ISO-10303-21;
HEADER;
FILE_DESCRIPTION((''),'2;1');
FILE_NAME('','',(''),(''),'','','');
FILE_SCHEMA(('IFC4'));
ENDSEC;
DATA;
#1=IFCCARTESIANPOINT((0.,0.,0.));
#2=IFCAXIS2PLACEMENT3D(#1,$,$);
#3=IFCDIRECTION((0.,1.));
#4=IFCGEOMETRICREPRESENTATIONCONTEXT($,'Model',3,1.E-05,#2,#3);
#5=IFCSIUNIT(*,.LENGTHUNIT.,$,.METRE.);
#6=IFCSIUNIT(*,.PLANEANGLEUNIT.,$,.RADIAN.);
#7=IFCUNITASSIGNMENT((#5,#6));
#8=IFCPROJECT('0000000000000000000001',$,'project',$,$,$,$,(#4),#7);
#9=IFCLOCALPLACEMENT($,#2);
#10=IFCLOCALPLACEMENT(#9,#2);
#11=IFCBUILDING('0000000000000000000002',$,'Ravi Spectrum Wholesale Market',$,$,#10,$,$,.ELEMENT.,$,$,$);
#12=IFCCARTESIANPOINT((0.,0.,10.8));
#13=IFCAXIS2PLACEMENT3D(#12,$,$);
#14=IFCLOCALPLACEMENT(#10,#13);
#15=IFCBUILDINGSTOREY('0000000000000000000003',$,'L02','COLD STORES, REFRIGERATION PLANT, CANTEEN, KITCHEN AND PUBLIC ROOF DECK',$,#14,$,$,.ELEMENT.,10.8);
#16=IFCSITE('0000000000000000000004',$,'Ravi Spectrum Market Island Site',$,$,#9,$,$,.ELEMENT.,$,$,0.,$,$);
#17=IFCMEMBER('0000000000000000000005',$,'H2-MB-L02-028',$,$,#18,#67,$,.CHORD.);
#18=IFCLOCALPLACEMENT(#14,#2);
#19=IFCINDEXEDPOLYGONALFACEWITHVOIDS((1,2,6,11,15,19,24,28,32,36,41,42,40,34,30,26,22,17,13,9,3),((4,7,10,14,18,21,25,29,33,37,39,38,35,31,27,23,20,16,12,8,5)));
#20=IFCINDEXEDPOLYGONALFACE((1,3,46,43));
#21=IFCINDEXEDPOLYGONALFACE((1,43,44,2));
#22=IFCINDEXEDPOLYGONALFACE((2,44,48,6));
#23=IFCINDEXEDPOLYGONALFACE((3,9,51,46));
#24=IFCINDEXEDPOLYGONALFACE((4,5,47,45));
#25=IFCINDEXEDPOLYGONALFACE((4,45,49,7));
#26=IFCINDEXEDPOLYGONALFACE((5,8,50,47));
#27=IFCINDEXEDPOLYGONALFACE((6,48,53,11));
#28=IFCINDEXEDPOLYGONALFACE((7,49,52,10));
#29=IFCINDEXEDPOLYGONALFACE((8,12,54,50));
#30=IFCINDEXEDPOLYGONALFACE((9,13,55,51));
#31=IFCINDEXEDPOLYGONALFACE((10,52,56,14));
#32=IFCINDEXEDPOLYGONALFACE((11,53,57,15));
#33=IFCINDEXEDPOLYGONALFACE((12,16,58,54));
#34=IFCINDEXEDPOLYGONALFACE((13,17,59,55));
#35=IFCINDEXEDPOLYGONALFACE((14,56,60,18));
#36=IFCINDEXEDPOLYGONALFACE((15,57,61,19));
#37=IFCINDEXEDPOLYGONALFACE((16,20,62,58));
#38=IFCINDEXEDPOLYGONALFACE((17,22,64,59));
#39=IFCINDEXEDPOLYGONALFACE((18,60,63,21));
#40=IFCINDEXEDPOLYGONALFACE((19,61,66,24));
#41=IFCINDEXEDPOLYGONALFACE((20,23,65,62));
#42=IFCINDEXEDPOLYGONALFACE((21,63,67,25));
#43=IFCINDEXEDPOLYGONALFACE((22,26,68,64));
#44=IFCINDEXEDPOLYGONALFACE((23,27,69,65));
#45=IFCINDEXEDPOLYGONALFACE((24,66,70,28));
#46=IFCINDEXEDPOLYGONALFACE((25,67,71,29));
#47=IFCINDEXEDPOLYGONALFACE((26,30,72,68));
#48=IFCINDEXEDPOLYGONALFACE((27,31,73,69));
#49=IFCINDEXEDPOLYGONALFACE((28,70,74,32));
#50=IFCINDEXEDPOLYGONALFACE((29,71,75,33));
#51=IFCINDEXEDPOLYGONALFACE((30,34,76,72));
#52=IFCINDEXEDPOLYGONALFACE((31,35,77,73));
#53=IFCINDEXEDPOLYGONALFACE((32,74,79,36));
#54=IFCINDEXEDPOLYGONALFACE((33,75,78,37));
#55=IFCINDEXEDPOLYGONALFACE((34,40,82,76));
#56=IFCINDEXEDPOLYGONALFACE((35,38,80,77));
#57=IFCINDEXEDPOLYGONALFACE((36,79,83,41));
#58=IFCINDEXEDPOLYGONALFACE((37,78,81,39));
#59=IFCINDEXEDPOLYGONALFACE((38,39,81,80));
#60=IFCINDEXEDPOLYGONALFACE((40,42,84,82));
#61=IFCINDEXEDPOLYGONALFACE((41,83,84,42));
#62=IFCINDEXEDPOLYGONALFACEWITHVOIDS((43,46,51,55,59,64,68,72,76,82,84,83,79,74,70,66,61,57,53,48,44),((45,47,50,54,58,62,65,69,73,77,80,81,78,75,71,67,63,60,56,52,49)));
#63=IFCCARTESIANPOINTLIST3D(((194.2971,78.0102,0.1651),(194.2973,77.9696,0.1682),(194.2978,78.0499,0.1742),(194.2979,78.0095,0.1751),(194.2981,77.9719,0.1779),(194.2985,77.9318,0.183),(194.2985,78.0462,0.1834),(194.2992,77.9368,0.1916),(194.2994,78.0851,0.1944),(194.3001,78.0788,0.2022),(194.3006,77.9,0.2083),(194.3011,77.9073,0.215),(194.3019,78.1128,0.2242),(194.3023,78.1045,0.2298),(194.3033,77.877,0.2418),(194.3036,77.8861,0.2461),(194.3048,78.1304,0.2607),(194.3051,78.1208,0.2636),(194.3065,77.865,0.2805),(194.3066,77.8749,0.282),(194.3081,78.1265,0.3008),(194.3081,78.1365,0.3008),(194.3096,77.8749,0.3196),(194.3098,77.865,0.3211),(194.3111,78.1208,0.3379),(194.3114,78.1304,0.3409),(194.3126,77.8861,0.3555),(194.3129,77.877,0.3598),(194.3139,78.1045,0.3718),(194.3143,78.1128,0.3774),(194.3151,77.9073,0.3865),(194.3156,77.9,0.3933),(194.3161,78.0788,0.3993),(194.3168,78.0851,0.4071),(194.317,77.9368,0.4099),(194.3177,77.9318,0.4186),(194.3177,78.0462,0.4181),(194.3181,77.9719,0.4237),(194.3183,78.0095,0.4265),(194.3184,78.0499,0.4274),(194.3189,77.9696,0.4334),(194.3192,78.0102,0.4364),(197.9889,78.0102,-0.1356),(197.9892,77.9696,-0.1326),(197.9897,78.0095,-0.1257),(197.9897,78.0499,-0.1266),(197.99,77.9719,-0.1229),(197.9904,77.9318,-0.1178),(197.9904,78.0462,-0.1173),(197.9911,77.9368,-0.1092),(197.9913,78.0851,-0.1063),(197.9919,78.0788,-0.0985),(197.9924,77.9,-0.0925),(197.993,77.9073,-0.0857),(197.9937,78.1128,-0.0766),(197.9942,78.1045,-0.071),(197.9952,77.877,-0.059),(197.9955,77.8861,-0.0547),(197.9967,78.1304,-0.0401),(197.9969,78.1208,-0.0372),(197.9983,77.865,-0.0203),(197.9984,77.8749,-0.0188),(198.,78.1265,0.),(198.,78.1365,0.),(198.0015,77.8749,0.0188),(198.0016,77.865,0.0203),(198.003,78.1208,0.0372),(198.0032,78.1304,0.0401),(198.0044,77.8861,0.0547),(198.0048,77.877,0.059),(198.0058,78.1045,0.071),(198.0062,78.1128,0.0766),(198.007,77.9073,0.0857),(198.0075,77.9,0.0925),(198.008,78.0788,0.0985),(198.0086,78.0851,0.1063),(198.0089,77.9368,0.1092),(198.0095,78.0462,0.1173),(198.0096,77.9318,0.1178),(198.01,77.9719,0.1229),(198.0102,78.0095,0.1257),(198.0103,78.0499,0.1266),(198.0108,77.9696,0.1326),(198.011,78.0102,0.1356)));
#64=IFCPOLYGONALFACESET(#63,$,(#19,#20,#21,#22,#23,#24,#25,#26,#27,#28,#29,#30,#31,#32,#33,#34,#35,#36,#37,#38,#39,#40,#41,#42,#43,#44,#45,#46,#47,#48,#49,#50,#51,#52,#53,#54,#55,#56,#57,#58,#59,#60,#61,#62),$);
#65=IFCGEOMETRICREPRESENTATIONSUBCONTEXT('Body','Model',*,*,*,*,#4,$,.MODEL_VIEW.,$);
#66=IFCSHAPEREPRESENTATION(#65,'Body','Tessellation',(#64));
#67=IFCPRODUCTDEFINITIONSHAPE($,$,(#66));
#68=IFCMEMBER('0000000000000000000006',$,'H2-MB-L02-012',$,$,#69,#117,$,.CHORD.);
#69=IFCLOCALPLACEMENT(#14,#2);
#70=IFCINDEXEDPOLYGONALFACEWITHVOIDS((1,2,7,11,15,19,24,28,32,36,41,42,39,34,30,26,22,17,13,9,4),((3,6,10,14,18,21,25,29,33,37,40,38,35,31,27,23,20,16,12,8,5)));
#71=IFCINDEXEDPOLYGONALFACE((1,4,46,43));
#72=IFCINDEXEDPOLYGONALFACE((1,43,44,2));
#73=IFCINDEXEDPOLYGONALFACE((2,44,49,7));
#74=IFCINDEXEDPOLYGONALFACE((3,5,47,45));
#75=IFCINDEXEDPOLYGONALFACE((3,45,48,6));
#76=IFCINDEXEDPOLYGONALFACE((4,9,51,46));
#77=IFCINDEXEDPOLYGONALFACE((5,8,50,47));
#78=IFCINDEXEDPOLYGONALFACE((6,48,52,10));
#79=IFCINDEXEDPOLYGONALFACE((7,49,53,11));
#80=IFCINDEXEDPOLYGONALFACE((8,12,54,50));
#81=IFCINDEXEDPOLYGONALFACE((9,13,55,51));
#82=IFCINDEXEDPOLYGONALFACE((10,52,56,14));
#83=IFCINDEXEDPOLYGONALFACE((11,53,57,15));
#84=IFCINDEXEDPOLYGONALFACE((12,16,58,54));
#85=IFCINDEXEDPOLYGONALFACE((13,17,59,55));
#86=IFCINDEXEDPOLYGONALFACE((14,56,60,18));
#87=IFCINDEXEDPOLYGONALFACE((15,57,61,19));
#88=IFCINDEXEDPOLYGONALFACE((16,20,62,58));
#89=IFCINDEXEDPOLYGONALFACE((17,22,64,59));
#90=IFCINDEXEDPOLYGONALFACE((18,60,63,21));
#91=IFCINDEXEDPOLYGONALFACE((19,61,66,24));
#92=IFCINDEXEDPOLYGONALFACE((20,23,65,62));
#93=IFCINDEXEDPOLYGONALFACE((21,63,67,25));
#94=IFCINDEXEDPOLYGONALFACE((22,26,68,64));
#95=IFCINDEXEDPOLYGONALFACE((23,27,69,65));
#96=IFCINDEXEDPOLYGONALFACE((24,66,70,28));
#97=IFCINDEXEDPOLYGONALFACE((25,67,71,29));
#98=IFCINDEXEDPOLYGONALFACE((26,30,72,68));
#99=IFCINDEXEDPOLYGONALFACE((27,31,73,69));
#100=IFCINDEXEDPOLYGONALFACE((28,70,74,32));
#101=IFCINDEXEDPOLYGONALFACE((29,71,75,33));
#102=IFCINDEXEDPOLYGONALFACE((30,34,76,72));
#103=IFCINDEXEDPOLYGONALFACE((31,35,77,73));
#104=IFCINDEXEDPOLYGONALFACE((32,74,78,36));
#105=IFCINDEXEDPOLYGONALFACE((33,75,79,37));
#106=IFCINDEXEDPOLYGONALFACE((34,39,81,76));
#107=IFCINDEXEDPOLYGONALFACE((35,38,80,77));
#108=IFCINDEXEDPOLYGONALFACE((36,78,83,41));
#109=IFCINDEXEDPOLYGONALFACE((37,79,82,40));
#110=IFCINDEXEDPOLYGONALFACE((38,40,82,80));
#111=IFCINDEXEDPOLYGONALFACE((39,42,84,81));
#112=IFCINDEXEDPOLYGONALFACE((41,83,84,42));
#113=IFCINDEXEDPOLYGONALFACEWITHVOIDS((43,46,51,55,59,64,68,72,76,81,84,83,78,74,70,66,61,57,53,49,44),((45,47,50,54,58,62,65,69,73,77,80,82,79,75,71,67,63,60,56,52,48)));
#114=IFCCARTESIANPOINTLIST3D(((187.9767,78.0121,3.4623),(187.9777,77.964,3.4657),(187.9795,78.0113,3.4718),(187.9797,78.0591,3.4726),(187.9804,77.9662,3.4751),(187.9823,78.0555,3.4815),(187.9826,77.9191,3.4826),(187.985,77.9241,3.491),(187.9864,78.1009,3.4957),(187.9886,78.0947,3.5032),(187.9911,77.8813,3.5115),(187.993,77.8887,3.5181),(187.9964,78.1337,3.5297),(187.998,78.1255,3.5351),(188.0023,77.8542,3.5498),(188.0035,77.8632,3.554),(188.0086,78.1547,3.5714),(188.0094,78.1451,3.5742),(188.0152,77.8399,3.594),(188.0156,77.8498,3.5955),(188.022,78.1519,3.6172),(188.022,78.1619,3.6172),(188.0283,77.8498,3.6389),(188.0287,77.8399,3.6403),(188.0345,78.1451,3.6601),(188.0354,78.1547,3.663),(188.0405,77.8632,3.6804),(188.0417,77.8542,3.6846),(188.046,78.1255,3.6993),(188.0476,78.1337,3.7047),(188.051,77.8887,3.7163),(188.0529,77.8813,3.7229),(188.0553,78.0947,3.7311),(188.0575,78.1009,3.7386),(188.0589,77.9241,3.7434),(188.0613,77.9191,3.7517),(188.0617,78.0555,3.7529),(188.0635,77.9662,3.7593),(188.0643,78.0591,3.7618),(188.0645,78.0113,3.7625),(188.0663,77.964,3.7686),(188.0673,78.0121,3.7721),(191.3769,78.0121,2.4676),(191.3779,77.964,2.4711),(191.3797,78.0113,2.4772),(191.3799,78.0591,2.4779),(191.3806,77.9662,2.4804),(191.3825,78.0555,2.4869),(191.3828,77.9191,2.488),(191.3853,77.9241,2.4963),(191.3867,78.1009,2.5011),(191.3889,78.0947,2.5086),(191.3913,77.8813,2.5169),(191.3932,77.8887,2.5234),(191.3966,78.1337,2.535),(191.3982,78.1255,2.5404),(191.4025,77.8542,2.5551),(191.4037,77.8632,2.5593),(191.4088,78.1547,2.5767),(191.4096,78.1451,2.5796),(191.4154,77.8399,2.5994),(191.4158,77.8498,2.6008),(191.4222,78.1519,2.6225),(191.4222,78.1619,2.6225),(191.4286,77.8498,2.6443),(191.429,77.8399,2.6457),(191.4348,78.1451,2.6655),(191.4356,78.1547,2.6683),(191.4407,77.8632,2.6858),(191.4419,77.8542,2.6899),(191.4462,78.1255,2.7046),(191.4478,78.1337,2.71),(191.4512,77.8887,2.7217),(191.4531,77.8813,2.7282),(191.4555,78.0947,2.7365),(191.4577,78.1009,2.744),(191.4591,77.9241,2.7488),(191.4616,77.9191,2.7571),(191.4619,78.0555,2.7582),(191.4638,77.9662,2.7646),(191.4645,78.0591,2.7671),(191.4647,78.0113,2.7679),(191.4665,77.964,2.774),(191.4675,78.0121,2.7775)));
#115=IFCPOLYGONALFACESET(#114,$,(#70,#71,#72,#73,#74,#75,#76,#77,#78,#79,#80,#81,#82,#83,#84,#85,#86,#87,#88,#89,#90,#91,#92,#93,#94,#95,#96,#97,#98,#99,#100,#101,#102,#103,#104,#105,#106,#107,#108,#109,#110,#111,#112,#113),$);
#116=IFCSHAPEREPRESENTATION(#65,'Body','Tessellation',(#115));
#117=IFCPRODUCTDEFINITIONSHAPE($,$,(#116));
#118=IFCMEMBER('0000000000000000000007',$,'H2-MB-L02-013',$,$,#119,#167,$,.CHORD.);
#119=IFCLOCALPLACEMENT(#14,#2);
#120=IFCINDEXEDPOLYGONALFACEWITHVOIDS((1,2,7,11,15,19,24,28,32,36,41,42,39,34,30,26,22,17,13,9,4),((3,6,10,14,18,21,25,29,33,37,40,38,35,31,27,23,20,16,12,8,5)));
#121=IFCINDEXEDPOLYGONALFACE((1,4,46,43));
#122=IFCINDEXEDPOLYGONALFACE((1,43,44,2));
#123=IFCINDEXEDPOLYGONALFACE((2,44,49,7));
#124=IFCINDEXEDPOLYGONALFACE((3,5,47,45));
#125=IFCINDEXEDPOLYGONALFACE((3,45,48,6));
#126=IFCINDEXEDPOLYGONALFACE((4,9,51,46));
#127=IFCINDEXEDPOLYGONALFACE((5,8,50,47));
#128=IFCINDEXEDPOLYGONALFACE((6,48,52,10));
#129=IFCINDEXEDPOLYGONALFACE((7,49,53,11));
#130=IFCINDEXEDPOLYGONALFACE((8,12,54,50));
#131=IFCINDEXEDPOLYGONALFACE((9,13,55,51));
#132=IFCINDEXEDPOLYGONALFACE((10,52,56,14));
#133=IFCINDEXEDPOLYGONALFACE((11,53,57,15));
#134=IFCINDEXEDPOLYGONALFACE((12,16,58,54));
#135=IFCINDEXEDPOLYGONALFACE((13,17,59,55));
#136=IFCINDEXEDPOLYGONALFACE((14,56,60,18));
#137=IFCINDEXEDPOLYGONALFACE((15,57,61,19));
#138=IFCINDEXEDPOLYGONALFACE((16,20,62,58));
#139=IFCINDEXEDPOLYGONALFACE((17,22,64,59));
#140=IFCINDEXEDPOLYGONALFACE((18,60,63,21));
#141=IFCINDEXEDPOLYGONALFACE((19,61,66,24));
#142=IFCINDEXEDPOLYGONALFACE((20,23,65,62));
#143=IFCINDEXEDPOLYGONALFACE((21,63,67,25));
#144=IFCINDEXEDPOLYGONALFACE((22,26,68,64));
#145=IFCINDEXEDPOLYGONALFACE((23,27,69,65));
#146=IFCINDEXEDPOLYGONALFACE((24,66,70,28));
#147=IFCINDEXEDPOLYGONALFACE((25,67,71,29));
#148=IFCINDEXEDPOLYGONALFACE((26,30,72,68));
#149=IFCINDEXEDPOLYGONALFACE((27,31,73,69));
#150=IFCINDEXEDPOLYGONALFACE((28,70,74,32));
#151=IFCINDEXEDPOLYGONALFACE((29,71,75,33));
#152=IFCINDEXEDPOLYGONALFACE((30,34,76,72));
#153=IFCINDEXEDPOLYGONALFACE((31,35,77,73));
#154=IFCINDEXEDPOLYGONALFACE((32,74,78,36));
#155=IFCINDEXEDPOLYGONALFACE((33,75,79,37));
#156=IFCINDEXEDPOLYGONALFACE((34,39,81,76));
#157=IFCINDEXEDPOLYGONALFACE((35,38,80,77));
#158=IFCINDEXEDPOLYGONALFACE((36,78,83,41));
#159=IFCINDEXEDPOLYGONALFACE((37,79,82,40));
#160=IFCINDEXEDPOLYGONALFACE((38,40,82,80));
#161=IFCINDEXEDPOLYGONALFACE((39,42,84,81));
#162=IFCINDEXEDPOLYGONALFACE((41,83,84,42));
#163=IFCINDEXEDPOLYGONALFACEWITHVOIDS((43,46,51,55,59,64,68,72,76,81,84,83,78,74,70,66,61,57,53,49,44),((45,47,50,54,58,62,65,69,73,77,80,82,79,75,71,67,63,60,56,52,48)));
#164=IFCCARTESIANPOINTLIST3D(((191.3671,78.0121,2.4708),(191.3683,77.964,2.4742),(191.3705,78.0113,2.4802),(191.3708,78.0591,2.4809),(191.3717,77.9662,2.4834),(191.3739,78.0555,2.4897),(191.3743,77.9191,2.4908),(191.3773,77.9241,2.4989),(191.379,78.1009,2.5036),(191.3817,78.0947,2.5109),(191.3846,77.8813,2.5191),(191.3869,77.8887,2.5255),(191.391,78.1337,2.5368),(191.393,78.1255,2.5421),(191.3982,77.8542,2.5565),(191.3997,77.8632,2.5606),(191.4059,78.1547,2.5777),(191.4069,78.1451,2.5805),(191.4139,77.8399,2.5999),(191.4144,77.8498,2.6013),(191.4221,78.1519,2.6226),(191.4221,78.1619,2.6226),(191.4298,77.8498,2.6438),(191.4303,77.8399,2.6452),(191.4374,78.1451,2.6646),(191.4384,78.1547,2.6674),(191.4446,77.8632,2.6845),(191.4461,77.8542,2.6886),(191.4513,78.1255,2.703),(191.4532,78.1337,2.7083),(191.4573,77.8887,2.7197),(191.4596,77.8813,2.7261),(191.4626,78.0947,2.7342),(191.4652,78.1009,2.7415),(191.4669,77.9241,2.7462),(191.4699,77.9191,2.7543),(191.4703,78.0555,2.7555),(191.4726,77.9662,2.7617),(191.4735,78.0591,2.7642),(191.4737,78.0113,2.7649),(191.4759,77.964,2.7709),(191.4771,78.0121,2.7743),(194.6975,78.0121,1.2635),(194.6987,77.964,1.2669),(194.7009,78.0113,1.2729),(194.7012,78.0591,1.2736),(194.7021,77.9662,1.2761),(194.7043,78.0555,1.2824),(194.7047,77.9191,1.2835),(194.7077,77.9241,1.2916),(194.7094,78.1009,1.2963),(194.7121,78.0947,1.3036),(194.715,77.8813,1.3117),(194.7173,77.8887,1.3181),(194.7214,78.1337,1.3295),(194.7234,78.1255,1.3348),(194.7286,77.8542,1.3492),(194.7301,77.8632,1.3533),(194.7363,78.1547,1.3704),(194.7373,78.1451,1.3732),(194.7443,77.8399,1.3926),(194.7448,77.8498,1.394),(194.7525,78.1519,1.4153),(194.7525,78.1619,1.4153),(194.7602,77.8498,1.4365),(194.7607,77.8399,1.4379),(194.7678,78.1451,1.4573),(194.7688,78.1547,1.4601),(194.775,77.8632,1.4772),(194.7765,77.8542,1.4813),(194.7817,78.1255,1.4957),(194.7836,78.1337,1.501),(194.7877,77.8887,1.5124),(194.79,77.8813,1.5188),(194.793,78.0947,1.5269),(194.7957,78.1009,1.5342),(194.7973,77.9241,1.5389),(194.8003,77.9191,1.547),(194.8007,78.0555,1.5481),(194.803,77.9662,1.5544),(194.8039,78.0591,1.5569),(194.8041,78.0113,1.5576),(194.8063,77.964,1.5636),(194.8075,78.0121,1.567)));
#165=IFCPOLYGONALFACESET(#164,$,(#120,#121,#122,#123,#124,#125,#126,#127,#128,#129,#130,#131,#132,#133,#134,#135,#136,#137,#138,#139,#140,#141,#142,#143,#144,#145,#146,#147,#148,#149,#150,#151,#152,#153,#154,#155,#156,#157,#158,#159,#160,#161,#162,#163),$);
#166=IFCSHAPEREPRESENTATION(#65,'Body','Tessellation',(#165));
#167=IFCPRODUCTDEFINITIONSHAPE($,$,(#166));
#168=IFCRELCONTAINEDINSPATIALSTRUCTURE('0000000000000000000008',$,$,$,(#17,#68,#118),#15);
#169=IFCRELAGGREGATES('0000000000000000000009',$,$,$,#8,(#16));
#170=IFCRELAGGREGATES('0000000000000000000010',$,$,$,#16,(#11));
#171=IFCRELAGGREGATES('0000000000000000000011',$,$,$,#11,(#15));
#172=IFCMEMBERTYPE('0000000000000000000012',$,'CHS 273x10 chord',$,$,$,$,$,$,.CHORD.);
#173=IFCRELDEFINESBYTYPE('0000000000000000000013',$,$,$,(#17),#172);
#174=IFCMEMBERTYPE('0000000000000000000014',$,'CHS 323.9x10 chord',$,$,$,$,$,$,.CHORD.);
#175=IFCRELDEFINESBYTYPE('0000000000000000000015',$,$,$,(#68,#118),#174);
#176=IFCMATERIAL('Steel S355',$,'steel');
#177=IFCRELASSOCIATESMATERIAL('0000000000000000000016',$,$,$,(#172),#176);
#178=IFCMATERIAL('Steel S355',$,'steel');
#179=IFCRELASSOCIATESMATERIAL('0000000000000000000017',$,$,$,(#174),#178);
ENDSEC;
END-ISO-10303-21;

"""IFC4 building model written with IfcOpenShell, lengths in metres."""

from ifc_helpers import new_model, si_unit, direction, frame, origin, origin_2d, place, context, subcontext, project, spatial, hollow_circle, extrude, material, material_profile, profile_set, type_object, element, save


model = new_model("IFC4")

# Units and contexts
model_context = context("Model", 3, precision=1e-05, world=origin(), true_north=direction((0.0, 1.0)))
body_context = subcontext(model_context, "Body", "Model", "MODEL_VIEW")
ifc_project = project(units=[si_unit("LENGTHUNIT", "METRE"), si_unit("PLANEANGLEUNIT", "RADIAN")], contexts=[model_context])

# Site, building, storey
site_placement = place(None, origin())
site = spatial("IfcSite", under=ifc_project, at=site_placement, Name="Ravi Spectrum Market Island Site", CompositionType="ELEMENT", RefElevation=0.0)
building_placement = place(site_placement, origin())
building = spatial("IfcBuilding", under=site, at=building_placement, Name="Ravi Spectrum Wholesale Market", CompositionType="ELEMENT")
storey_placement = place(building_placement, frame((0.0, 0.0, 10.8)))
storey = spatial("IfcBuildingStorey", under=building, at=storey_placement, Name="L02", Description="COLD STORES, REFRIGERATION PLANT, CANTEEN, KITCHEN AND PUBLIC ROOF DECK", CompositionType="ELEMENT", Elevation=10.8)

# Members
ifc_material_1 = material(Name="Steel S355", Category="steel")
ifc_material_profile_1 = material_profile(ifc_material_1, hollow_circle(Radius=0.1365, WallThickness=0.01, at=origin_2d()))
ifc_profile_set_1 = profile_set([ifc_material_profile_1], Name="Steel S355")
member_type_1 = type_object("IfcMemberType", Name="CHS 273x10 chord", PredefinedType="CHORD", material=ifc_profile_set_1)
member_1_placement = place(storey_placement, frame((194.3081, 78.0, 0.3008), z_axis=(0.996698, 0.0, -0.081202), x_axis=(0.0, 1.0, 0.0)))
element("IfcMember", 1, at=member_1_placement, inside=storey, type_object=member_type_1, Name="H2-MB-L02-028", PredefinedType="CHORD", context=body_context, shape_type="SweptSolid", body=[
    extrude(hollow_circle(Radius=0.1365, WallThickness=0.01, at=origin_2d()), origin(), (0.0, 0.0, 1.0), 3.7041),
])
ifc_material_2 = material(Name="Steel S355", Category="steel")
ifc_material_profile_2 = material_profile(ifc_material_2, hollow_circle(Radius=0.1619, WallThickness=0.01, at=origin_2d()))
ifc_profile_set_2 = profile_set([ifc_material_profile_2], Name="Steel S355")
member_type_2 = type_object("IfcMemberType", Name="CHS 323.9x10 chord", PredefinedType="CHORD", material=ifc_profile_set_2)
member_2_placement = place(storey_placement, frame((188.022, 78.0, 3.6172), z_axis=(0.959778, 0.0, -0.280759), x_axis=(0.0, 1.0, 0.0)))
element("IfcMember", 2, at=member_2_placement, inside=storey, type_object=member_type_2, Name="H2-MB-L02-012", PredefinedType="CHORD", context=body_context, shape_type="SweptSolid", body=[
    extrude(hollow_circle(Radius=0.1619, WallThickness=0.01, at=origin_2d()), origin(), (0.0, 0.0, 1.0), 3.5427),
])
for number, where, z_axis, x_axis, name in (
    (3, (191.4221, 78.0, 2.6226), (0.940133, 0.0, -0.340808), (0.0, 1.0, 0.0), "H2-MB-L02-013"),
):
    element("IfcMember", number, at=place(storey_placement, frame(where, z_axis=z_axis, x_axis=x_axis)), inside=storey, type_object=member_type_2, Name=name, PredefinedType="CHORD", context=body_context, shape_type="SweptSolid", body=[
        extrude(hollow_circle(Radius=0.1619, WallThickness=0.01, at=origin_2d()), origin(), (0.0, 0.0, 1.0), 3.5425),
    ])

save(model, "model.ifc")
